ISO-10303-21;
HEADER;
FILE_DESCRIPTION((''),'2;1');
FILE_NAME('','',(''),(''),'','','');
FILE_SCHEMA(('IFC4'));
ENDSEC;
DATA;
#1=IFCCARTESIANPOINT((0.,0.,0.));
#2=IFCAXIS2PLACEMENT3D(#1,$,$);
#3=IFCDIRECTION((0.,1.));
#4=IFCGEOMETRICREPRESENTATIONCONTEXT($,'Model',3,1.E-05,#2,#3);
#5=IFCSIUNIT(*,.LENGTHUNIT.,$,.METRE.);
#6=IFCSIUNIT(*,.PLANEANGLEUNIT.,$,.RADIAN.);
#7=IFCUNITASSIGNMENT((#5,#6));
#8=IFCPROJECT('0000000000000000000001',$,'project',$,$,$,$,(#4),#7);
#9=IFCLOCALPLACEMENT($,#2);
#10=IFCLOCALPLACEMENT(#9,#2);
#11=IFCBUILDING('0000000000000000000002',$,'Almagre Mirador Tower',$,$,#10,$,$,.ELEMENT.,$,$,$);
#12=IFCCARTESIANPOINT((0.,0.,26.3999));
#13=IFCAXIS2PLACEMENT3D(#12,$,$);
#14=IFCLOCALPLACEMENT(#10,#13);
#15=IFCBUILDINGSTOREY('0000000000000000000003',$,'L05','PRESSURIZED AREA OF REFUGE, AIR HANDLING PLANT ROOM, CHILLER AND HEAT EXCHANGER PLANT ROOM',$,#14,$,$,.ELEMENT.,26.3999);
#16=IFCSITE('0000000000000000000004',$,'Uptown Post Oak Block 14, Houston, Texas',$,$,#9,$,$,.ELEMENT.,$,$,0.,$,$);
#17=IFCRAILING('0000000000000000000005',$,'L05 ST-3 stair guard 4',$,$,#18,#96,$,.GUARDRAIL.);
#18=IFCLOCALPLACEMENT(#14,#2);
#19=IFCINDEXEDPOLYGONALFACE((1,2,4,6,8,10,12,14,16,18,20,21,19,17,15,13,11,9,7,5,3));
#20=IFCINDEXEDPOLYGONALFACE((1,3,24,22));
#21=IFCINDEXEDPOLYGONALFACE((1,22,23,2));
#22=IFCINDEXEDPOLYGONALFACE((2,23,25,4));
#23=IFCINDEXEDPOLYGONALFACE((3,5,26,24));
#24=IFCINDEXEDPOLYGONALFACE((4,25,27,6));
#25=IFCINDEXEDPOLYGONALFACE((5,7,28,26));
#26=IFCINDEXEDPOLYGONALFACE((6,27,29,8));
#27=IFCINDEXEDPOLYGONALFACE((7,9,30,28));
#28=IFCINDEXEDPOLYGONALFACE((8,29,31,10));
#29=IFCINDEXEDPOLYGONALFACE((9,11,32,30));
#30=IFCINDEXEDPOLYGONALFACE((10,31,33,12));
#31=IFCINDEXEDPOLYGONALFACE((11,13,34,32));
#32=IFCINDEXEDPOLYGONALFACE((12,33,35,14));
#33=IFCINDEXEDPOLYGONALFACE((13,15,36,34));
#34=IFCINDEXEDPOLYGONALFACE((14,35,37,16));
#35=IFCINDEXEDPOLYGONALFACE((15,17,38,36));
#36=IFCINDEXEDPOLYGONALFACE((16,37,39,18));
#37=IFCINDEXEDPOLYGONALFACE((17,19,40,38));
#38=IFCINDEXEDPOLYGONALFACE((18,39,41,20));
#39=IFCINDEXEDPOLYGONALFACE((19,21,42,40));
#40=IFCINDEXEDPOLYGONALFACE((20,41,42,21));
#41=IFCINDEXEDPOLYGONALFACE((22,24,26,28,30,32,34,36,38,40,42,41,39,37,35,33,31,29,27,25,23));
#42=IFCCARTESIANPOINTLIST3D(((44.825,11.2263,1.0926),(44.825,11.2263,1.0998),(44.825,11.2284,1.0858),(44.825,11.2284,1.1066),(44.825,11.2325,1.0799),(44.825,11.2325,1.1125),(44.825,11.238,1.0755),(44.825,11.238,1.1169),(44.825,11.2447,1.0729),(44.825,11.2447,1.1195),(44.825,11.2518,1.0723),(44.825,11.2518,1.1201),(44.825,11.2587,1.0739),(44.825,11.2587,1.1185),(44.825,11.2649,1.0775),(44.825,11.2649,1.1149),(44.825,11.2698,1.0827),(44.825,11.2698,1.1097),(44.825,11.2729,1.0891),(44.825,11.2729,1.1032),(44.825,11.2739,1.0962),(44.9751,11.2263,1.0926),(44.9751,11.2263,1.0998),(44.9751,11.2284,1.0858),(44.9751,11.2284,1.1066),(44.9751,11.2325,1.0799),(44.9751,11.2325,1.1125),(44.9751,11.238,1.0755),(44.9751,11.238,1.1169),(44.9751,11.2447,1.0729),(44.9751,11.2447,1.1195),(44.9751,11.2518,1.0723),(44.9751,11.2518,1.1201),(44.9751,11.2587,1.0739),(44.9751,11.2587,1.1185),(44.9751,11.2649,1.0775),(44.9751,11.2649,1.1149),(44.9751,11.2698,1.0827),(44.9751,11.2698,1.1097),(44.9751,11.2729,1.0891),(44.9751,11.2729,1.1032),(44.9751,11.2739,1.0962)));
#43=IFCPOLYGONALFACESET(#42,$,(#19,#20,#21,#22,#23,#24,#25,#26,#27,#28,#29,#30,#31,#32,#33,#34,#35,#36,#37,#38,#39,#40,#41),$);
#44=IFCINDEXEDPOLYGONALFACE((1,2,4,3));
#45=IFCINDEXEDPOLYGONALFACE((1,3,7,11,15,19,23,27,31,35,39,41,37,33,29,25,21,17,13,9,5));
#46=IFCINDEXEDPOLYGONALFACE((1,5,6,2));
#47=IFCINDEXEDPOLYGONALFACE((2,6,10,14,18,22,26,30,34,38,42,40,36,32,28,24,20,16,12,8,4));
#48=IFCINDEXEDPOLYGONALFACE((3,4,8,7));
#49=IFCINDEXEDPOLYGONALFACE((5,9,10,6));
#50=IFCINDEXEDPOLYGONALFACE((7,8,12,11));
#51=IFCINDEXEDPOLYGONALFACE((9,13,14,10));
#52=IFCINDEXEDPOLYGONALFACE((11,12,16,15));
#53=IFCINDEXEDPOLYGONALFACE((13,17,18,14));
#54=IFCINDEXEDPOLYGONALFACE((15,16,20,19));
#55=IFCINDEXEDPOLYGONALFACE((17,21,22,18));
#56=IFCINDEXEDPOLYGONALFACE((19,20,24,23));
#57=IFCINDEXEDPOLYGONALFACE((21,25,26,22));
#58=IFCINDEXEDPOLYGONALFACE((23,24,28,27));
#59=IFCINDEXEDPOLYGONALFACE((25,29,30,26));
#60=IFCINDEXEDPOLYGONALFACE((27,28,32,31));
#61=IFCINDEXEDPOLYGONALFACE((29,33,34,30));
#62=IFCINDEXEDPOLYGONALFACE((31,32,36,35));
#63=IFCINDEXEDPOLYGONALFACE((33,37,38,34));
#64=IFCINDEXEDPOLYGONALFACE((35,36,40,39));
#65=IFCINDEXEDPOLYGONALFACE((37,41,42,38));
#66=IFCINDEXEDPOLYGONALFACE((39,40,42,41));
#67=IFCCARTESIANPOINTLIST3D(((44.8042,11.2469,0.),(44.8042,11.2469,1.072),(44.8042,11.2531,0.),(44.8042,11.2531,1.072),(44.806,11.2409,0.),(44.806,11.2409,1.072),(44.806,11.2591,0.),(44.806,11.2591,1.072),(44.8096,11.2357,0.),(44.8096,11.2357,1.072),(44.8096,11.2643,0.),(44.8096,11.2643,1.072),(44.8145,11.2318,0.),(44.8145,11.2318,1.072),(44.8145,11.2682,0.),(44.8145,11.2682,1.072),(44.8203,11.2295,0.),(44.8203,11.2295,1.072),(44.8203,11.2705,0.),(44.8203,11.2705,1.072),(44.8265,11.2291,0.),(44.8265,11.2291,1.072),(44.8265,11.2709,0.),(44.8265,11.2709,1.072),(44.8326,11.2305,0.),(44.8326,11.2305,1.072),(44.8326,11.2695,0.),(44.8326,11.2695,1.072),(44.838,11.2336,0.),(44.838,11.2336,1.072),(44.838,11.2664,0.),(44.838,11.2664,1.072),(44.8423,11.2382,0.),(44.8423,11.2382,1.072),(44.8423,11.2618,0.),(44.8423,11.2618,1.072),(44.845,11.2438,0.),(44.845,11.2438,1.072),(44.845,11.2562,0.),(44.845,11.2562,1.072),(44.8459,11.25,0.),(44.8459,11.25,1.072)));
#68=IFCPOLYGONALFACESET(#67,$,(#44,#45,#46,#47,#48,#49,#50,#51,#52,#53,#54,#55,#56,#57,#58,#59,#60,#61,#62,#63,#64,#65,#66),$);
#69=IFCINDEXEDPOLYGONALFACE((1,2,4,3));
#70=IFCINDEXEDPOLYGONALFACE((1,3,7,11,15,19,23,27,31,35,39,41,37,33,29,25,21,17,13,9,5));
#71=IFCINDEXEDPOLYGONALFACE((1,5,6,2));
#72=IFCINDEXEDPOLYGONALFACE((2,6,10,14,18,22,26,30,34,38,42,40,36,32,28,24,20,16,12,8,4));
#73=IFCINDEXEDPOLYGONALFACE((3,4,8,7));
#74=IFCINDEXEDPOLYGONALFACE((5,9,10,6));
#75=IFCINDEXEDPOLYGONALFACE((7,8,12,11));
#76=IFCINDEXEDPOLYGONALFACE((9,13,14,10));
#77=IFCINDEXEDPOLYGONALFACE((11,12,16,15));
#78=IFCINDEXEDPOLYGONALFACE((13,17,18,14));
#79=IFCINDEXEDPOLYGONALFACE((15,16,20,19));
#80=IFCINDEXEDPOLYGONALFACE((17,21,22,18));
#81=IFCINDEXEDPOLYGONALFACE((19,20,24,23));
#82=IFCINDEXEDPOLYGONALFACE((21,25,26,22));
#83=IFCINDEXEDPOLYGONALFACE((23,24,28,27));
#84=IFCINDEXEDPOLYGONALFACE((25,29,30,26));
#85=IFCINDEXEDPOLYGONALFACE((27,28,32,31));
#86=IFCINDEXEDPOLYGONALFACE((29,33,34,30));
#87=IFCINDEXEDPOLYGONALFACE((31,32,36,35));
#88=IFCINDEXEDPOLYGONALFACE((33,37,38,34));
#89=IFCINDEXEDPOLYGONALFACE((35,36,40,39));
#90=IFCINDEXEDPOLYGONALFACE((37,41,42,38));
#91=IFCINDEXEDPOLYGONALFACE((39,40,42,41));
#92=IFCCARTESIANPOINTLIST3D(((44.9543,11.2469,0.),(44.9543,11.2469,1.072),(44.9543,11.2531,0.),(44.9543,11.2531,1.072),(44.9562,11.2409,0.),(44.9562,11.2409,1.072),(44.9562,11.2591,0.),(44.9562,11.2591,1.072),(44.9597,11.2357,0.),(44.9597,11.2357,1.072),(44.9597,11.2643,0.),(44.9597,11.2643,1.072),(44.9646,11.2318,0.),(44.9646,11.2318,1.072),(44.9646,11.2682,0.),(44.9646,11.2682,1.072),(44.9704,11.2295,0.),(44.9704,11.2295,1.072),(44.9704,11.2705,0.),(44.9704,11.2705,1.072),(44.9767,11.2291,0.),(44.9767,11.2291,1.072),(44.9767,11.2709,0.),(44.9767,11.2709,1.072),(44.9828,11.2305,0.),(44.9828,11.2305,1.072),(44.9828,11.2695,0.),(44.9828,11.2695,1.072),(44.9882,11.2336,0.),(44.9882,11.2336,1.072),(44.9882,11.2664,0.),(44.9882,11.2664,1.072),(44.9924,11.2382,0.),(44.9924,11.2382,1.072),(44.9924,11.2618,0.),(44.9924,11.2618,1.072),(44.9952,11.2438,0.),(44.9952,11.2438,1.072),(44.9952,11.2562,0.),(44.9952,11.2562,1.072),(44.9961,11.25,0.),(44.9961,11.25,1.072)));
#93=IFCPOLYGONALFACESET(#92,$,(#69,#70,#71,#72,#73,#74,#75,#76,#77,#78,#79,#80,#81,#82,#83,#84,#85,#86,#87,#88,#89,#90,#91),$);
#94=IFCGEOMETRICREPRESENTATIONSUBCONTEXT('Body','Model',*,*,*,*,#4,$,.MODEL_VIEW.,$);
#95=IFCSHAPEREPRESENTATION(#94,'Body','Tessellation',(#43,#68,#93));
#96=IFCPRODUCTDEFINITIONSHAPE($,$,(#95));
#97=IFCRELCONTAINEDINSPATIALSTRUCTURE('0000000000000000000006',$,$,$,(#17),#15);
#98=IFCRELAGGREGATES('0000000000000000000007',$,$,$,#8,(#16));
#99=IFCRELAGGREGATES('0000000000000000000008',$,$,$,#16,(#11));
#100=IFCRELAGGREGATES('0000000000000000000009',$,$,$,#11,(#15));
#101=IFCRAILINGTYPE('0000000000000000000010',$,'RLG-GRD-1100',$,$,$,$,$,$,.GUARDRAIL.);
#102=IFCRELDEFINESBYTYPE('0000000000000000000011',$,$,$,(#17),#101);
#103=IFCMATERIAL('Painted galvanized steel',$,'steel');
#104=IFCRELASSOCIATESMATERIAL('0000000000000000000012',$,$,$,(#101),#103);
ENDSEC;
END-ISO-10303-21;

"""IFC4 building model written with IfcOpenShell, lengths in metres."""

from ifc_helpers import new_model, si_unit, direction, frame, origin, origin_2d, place, context, subcontext, project, spatial, circle, extrude, material, type_object, element, save


model = new_model("IFC4")

# Units and contexts
model_context = context("Model", 3, precision=1e-05, world=origin(), true_north=direction((0.0, 1.0)))
body_context = subcontext(model_context, "Body", "Model", "MODEL_VIEW")
ifc_project = project(units=[si_unit("LENGTHUNIT", "METRE"), si_unit("PLANEANGLEUNIT", "RADIAN")], contexts=[model_context])

# Site, building, storey
site_placement = place(None, origin())
site = spatial("IfcSite", under=ifc_project, at=site_placement, Name="Uptown Post Oak Block 14, Houston, Texas", CompositionType="ELEMENT", RefElevation=0.0)
building_placement = place(site_placement, origin())
building = spatial("IfcBuilding", under=site, at=building_placement, Name="Almagre Mirador Tower", CompositionType="ELEMENT")
storey_placement = place(building_placement, frame((0.0, 0.0, 26.3999)))
storey = spatial("IfcBuildingStorey", under=building, at=storey_placement, Name="L05", Description="PRESSURIZED AREA OF REFUGE, AIR HANDLING PLANT ROOM, CHILLER AND HEAT EXCHANGER PLANT ROOM", CompositionType="ELEMENT", Elevation=26.3999)

# Railing
ifc_material_1 = material(Name="Painted galvanized steel", Category="steel")
railing_type_1 = type_object("IfcRailingType", Name="RLG-GRD-1100", PredefinedType="GUARDRAIL", material=ifc_material_1)
railing_1_placement = place(storey_placement, frame((44.825, 11.25, 0.0)))
element("IfcRailing", 1, at=railing_1_placement, inside=storey, type_object=railing_type_1, Name="L05 ST-3 stair guard 4", PredefinedType="GUARDRAIL", context=body_context, shape_type="SweptSolid", body=[
    extrude(circle(Radius=0.0239, at=origin_2d()), frame((0.0, 0.0, 1.0962), z_axis=(1.0, 0.0, 0.0), x_axis=(0.0, 1.0, 0.0)), (0.0, 0.0, 1.0), 0.1501),
    extrude(circle(Radius=0.021, at=origin_2d()), origin(), (0.0, 0.0, 1.0), 1.072),
    extrude(circle(Radius=0.021, at=origin_2d()), frame((0.1501, 0.0, 0.0)), (0.0, 0.0, 1.0), 1.072),
])

save(model, "model.ifc")
